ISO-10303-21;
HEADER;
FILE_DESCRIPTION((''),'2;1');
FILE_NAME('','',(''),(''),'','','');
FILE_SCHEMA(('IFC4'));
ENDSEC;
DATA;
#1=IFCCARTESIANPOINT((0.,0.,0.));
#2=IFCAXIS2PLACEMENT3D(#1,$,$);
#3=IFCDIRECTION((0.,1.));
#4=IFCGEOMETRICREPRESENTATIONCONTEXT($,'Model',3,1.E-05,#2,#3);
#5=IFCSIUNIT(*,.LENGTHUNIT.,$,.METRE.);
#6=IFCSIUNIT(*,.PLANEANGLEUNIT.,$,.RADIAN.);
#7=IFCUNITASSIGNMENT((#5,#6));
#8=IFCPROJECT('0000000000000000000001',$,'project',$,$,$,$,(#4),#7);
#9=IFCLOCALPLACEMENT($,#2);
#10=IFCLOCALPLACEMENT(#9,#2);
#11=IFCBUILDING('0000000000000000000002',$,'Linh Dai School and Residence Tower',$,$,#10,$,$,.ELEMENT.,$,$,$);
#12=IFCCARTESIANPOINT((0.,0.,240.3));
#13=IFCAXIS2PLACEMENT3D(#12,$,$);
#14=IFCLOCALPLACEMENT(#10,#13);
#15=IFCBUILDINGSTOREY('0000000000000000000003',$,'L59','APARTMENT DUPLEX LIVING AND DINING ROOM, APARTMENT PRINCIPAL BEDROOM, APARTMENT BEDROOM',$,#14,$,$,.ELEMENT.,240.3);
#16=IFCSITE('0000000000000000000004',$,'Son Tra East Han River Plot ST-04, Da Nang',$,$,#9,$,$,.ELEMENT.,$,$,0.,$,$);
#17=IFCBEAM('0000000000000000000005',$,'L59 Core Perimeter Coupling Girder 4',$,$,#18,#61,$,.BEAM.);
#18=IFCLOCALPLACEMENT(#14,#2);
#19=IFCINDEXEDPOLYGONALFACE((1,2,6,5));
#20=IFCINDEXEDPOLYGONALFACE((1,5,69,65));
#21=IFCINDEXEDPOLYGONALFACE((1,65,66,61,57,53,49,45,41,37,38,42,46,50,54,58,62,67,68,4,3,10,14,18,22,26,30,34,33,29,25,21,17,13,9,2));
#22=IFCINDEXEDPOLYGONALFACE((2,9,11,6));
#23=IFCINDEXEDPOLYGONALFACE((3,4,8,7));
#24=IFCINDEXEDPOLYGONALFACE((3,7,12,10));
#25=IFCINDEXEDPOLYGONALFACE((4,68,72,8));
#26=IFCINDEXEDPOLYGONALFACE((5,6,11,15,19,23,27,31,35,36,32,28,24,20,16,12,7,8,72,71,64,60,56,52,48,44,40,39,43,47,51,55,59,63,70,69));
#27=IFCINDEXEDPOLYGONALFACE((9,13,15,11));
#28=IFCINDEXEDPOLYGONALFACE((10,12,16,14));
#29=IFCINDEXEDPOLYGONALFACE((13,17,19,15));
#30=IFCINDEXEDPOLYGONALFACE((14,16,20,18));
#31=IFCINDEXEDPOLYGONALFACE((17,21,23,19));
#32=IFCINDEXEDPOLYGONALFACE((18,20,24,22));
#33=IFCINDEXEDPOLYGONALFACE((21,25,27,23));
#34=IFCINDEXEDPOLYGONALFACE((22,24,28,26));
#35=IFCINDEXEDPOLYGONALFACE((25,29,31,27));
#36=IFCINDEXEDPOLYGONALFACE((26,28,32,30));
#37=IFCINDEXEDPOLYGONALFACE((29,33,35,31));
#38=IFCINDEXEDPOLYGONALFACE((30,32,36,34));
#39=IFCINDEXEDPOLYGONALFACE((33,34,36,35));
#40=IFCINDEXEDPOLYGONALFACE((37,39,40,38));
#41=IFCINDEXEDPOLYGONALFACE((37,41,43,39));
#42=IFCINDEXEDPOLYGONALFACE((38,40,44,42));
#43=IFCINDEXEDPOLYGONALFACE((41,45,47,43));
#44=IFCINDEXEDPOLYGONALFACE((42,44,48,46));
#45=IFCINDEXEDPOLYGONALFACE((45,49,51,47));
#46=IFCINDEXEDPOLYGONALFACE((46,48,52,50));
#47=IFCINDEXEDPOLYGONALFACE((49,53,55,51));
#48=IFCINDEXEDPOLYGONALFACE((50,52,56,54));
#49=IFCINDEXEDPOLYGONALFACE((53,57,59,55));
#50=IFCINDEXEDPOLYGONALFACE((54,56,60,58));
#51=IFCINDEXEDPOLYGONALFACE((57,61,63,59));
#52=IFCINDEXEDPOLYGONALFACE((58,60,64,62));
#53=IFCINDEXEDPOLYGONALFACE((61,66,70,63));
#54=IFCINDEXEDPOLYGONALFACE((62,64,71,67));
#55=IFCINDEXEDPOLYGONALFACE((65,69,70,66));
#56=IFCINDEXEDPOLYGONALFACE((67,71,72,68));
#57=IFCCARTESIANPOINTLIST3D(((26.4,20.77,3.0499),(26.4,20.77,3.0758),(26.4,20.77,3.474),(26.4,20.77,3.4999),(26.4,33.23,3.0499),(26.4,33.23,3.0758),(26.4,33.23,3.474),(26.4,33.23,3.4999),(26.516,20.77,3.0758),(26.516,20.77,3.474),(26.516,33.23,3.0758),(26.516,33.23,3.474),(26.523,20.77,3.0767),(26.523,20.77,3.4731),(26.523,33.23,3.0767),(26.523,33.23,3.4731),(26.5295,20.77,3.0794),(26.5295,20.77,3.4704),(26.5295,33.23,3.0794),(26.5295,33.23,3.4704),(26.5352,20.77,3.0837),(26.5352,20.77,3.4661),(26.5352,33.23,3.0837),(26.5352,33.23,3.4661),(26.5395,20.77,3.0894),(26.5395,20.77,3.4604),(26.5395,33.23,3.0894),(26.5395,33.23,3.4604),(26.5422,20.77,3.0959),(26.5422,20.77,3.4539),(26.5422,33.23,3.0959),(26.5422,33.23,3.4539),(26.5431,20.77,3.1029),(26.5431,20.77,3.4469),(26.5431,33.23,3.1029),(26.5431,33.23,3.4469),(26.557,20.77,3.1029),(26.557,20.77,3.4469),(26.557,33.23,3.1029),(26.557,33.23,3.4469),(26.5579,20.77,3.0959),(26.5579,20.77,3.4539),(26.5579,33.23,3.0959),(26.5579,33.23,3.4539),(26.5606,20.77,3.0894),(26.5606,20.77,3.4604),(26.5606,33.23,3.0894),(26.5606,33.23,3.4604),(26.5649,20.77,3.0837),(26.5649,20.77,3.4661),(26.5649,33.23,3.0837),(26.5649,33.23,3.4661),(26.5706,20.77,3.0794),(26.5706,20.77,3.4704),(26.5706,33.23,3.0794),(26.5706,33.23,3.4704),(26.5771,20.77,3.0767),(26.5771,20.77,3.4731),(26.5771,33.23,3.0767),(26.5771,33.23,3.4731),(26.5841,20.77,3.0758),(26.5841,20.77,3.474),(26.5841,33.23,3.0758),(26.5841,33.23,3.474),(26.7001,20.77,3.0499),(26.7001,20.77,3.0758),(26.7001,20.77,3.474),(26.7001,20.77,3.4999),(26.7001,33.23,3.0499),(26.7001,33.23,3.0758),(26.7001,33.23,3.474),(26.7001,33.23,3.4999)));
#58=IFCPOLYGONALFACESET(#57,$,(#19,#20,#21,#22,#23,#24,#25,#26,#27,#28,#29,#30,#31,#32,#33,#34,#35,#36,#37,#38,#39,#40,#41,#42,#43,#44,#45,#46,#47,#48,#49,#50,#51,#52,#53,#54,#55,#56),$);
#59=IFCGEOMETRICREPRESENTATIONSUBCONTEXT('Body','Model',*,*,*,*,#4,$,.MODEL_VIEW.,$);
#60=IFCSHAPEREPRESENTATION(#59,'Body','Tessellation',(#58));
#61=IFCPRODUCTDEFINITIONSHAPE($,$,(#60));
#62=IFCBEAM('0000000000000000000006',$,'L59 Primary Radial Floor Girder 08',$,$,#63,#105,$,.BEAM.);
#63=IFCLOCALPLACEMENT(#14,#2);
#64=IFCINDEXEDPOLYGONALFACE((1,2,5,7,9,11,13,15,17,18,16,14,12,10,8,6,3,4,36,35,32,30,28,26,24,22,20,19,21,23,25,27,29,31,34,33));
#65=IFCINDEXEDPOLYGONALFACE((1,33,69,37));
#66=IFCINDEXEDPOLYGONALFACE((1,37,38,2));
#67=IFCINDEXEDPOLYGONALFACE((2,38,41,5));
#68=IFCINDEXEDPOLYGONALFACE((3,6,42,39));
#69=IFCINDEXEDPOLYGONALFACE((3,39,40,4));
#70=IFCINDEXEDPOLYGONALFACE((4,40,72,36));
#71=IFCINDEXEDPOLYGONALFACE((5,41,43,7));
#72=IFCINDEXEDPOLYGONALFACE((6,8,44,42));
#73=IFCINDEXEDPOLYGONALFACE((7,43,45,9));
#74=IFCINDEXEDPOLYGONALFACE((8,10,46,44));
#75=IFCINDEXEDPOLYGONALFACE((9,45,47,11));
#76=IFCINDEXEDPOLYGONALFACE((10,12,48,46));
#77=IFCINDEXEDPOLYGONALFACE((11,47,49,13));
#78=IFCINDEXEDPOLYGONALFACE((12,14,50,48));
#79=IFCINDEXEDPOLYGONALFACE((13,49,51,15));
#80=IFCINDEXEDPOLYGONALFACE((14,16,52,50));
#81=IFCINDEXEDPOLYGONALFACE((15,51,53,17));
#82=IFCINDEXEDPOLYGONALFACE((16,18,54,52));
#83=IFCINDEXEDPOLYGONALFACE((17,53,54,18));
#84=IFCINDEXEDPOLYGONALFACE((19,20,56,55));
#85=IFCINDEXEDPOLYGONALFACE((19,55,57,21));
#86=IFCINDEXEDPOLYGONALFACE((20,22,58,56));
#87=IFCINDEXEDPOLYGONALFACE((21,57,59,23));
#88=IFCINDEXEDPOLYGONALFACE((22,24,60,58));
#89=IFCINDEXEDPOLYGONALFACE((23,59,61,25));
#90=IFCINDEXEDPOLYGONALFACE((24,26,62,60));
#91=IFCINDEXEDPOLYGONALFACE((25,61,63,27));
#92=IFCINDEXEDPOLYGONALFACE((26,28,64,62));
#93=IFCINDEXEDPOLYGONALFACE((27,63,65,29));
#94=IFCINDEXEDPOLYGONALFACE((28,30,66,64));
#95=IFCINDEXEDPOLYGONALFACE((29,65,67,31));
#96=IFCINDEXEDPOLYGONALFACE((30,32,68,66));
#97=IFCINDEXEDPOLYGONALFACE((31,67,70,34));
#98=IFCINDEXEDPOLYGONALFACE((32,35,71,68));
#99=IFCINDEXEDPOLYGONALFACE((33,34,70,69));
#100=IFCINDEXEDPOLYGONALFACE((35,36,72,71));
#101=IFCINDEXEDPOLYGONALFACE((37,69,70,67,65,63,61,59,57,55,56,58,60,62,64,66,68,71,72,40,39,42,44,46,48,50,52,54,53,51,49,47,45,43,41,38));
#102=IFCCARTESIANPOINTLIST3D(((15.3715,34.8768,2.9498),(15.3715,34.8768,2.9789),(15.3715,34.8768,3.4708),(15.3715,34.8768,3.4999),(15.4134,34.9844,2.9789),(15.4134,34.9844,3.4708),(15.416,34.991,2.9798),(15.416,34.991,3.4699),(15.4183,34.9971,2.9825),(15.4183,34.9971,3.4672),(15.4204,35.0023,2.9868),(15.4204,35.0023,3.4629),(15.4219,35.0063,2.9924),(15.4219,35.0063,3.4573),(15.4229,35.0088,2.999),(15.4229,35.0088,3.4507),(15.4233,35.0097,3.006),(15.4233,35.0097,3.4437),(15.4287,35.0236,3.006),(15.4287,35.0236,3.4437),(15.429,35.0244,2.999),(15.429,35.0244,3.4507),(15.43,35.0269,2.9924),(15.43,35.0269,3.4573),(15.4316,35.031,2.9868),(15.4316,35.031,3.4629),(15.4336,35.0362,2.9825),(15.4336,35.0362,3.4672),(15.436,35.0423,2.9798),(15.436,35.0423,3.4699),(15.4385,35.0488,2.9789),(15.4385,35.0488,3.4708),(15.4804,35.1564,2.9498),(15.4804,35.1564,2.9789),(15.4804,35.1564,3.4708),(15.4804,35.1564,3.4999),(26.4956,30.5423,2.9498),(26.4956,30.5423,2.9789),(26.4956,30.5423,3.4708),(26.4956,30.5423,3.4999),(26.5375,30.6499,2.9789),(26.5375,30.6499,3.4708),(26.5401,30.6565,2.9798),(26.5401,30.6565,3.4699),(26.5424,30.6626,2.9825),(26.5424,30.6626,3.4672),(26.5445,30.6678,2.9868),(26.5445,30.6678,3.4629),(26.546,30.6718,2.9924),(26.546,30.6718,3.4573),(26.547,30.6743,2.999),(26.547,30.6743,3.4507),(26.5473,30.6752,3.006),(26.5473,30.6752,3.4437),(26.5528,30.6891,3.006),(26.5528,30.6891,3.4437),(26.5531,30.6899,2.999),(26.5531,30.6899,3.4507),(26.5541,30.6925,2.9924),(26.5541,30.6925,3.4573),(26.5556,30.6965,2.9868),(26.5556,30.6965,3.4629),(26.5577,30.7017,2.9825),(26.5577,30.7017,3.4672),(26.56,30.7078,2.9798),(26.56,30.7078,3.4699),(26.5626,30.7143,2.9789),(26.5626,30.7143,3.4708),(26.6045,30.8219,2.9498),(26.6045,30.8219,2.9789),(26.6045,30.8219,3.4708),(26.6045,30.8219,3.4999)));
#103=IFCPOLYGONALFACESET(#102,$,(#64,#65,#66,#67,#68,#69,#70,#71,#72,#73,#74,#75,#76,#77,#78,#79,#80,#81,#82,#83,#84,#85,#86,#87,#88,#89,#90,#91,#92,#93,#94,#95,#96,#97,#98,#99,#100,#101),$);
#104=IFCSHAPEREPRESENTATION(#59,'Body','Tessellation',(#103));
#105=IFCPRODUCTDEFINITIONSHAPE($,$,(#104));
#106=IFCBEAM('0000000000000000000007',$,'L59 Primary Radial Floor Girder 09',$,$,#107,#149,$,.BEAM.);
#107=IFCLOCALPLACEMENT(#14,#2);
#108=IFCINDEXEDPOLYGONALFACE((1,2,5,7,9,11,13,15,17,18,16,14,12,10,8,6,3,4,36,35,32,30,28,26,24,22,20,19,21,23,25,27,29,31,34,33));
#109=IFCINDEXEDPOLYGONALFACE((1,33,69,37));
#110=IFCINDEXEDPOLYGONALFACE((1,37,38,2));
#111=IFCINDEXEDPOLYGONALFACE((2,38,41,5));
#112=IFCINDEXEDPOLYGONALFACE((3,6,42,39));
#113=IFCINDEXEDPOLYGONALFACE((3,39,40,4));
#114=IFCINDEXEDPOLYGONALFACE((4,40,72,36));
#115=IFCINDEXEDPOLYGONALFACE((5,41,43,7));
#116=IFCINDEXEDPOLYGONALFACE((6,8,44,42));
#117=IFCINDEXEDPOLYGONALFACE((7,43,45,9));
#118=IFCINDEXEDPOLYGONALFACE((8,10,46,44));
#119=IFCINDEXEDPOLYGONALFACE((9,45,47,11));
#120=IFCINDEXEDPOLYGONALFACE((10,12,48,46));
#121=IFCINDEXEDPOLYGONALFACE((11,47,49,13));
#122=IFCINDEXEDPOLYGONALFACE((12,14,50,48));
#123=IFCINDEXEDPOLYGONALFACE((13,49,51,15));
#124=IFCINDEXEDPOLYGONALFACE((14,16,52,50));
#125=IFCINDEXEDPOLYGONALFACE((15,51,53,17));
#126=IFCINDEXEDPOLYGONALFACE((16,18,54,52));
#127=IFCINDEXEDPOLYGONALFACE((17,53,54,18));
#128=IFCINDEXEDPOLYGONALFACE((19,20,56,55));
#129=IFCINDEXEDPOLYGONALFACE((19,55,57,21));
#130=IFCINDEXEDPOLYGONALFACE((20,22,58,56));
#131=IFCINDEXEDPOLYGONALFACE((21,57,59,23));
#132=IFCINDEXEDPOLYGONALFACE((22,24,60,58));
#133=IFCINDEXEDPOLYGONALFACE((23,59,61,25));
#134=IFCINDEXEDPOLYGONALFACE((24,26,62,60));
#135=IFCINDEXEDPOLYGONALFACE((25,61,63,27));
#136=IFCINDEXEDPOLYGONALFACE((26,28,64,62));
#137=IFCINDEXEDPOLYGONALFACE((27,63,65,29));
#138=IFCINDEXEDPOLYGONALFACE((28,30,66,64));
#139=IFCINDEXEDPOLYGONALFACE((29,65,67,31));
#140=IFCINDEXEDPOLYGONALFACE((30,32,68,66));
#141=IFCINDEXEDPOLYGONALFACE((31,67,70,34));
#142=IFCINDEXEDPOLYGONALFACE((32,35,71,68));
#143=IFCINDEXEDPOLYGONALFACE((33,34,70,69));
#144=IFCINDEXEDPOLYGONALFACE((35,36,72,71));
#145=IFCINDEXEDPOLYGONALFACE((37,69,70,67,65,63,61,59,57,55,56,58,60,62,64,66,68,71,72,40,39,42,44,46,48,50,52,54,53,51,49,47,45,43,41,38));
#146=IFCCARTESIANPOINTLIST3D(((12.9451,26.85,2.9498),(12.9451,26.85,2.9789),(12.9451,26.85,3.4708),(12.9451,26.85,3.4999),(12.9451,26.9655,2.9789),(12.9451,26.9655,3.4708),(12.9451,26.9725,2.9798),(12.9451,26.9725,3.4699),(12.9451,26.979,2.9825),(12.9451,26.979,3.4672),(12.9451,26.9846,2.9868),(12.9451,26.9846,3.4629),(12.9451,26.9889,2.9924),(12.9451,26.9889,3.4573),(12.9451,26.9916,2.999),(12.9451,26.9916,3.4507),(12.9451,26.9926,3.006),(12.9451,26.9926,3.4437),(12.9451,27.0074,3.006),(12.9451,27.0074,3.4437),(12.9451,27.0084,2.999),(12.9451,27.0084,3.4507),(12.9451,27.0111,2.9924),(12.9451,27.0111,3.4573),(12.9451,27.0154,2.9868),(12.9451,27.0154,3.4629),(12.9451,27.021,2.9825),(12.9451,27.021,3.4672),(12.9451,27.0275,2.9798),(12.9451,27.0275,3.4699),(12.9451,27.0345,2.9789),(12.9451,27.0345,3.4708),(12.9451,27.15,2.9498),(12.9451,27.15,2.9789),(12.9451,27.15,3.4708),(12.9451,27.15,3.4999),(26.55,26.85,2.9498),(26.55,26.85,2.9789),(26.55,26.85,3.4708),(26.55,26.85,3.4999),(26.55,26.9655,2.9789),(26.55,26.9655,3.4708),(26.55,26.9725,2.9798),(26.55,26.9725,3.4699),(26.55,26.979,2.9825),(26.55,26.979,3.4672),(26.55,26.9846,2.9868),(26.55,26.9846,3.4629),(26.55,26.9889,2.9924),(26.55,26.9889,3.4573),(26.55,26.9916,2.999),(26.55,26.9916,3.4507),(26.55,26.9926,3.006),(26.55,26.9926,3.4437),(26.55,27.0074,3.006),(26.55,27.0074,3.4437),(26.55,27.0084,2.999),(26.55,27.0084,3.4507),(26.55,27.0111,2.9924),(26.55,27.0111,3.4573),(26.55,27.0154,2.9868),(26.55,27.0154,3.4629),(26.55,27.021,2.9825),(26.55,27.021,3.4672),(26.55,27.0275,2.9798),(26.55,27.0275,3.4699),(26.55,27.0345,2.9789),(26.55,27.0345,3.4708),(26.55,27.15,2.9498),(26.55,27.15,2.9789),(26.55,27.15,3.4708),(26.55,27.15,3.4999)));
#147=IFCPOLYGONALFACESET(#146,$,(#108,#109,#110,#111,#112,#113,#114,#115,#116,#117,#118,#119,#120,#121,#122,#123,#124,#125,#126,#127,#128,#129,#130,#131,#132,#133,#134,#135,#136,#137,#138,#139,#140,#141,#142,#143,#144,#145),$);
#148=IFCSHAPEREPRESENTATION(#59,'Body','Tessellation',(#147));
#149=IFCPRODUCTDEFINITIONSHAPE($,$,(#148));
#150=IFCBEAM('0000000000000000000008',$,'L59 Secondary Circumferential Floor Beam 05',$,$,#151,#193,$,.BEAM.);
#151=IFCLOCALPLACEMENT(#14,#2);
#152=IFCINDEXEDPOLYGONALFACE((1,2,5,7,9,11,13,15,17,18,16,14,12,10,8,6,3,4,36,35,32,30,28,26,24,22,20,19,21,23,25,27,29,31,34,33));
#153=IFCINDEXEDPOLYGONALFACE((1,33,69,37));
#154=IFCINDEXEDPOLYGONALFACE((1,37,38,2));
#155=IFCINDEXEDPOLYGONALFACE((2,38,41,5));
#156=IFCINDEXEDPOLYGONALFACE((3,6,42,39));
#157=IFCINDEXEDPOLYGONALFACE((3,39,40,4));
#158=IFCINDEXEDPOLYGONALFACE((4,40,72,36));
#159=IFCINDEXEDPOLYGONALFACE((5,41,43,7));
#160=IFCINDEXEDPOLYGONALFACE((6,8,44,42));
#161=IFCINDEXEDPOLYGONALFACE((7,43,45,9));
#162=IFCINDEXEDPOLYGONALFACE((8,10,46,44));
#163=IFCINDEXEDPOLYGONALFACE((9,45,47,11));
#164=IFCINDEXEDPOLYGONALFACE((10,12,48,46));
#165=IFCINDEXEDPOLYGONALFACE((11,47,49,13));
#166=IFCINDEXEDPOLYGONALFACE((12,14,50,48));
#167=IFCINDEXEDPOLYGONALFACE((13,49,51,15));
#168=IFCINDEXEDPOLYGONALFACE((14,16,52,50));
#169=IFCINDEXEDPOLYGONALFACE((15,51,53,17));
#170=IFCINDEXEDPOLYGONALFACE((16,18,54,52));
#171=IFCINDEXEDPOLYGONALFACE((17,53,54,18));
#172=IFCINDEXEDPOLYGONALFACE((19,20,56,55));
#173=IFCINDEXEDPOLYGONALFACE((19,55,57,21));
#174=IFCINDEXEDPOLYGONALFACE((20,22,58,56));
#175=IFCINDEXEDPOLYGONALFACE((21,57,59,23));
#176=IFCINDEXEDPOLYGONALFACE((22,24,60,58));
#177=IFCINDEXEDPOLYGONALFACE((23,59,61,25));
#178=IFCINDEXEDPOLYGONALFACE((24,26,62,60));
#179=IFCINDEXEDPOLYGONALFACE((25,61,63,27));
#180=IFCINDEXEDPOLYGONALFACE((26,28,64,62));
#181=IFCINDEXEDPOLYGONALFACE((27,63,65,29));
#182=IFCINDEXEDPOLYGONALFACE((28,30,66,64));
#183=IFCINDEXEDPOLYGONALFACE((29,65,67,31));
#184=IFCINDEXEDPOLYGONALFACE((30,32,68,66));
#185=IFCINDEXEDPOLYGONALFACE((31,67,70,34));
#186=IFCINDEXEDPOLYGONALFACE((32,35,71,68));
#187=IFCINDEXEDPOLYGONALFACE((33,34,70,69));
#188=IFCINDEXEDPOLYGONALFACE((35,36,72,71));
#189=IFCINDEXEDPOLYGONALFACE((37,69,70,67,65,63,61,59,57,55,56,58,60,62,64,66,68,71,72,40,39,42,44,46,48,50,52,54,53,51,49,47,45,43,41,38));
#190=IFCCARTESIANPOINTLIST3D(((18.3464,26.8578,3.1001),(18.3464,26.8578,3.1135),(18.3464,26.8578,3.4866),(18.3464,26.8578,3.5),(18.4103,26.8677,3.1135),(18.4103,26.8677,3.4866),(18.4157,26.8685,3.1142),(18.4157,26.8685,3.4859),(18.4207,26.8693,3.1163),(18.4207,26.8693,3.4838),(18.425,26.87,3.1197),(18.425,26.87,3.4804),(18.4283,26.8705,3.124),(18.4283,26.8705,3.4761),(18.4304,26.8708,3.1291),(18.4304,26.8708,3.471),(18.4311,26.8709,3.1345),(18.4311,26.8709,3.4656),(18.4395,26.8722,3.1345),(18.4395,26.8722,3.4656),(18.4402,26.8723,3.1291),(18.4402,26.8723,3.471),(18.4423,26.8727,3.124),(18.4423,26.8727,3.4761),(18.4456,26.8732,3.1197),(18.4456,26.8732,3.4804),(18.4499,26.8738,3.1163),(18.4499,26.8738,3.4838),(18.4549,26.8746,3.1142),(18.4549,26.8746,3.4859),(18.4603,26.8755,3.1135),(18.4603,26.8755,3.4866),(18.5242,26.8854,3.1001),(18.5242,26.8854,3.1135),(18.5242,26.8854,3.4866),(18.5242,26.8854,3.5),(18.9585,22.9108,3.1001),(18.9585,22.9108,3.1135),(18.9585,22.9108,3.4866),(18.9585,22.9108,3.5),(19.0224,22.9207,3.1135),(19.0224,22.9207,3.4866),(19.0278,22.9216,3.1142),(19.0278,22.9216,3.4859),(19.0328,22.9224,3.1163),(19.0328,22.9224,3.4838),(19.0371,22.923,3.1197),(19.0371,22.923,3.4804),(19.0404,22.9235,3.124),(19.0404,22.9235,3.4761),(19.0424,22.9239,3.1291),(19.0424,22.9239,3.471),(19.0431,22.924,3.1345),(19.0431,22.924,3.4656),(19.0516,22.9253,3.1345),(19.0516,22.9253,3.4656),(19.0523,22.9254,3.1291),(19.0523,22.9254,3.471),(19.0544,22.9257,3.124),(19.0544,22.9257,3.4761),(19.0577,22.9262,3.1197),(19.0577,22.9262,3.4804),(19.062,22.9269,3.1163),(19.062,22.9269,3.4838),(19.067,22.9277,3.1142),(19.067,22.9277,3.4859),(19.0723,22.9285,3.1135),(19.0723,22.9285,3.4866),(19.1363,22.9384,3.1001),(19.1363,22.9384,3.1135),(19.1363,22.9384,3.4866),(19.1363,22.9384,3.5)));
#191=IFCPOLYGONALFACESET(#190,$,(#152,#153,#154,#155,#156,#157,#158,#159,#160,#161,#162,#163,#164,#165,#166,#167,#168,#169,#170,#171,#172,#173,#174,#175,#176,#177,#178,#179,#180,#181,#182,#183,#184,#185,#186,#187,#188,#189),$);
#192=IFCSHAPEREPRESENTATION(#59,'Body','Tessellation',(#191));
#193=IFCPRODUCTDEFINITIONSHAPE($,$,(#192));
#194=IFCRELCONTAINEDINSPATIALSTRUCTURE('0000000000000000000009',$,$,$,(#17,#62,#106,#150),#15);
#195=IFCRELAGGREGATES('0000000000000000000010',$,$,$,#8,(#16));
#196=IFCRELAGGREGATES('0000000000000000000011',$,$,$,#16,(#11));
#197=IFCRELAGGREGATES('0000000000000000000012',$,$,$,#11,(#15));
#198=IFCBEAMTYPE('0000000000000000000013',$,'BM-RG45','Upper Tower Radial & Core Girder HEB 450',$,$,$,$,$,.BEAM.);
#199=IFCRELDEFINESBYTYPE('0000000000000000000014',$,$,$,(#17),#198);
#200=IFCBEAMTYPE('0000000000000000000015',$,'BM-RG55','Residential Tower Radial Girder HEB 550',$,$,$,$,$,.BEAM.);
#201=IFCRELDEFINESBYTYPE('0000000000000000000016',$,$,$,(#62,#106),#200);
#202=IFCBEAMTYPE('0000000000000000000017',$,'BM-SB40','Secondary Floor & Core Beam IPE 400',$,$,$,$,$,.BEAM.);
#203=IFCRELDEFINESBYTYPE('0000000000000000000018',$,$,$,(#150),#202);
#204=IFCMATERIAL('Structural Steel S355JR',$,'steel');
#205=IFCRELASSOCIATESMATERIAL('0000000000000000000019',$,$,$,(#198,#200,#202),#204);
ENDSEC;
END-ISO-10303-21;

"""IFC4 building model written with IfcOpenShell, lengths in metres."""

from ifc_helpers import new_model, si_unit, direction, frame, origin, origin_2d, place, context, subcontext, project, spatial, i_section, extrude, material, material_profile, profile_set, type_object, element, save


model = new_model("IFC4")

# Units and contexts
model_context = context("Model", 3, precision=1e-05, world=origin(), true_north=direction((0.0, 1.0)))
body_context = subcontext(model_context, "Body", "Model", "MODEL_VIEW")
ifc_project = project(units=[si_unit("LENGTHUNIT", "METRE"), si_unit("PLANEANGLEUNIT", "RADIAN")], contexts=[model_context])

# Site, building, storey
site_placement = place(None, origin())
site = spatial("IfcSite", under=ifc_project, at=site_placement, Name="Son Tra East Han River Plot ST-04, Da Nang", CompositionType="ELEMENT", RefElevation=0.0)
building_placement = place(site_placement, origin())
building = spatial("IfcBuilding", under=site, at=building_placement, Name="Linh Dai School and Residence Tower", CompositionType="ELEMENT")
storey_placement = place(building_placement, frame((0.0, 0.0, 240.3)))
storey = spatial("IfcBuildingStorey", under=building, at=storey_placement, Name="L59", Description="APARTMENT DUPLEX LIVING AND DINING ROOM, APARTMENT PRINCIPAL BEDROOM, APARTMENT BEDROOM", CompositionType="ELEMENT", Elevation=240.3)

# Shared definitions
ifc_material_1 = material(Name="Structural Steel S355JR", Category="steel")

# Beams
ifc_material_profile_1 = material_profile(ifc_material_1, i_section(OverallWidth=0.3, OverallDepth=0.45, WebThickness=0.0139, FlangeThickness=0.0259, FilletRadius=0.0271, at=origin_2d()), Name="HEB 450")
ifc_profile_set_1 = profile_set([ifc_material_profile_1], Name="Structural Steel S355JR")
beam_type_1 = type_object("IfcBeamType", Name="BM-RG45", Description="Upper Tower Radial & Core Girder HEB 450", PredefinedType="BEAM", material=ifc_profile_set_1)
beam_1_placement = place(storey_placement, frame((26.55, 33.23, 3.2749), z_axis=(0.0, -1.0, 0.0), x_axis=(1.0, 0.0, 0.0)))
element("IfcBeam", 1, at=beam_1_placement, inside=storey, type_object=beam_type_1, Name="L59 Core Perimeter Coupling Girder 4", PredefinedType="BEAM", context=body_context, shape_type="SweptSolid", body=[
    extrude(i_section(OverallWidth=0.3, OverallDepth=0.45, WebThickness=0.0139, FlangeThickness=0.0259, FilletRadius=0.0271, at=origin_2d()), origin(), (0.0, 0.0, 1.0), 12.46),
])
ifc_material_profile_2 = material_profile(ifc_material_1, i_section(OverallWidth=0.3, OverallDepth=0.55, WebThickness=0.0149, FlangeThickness=0.0291, FilletRadius=0.0271, at=origin_2d()), Name="HEB 550")
ifc_profile_set_2 = profile_set([ifc_material_profile_2], Name="Structural Steel S355JR")
beam_type_2 = type_object("IfcBeamType", Name="BM-RG55", Description="Residential Tower Radial Girder HEB 550", PredefinedType="BEAM", material=ifc_profile_set_2)
beam_2_placement = place(storey_placement, frame((26.55, 30.6821, 3.2249), z_axis=(-0.931765, 0.363062, 0.0), x_axis=(-0.363062, -0.931765, 0.0)))
element("IfcBeam", 2, at=beam_2_placement, inside=storey, type_object=beam_type_2, Name="L59 Primary Radial Floor Girder 08", PredefinedType="BEAM", context=body_context, shape_type="SweptSolid", body=[
    extrude(i_section(OverallWidth=0.3, OverallDepth=0.55, WebThickness=0.0149, FlangeThickness=0.0291, FilletRadius=0.0271, at=origin_2d()), origin(), (0.0, 0.0, 1.0), 11.9387),
])
beam_3_placement = place(storey_placement, frame((26.55, 27.0, 3.2249), z_axis=(-1.0, 0.0, 0.0), x_axis=(0.0, -1.0, 0.0)))
element("IfcBeam", 3, at=beam_3_placement, inside=storey, type_object=beam_type_2, Name="L59 Primary Radial Floor Girder 09", PredefinedType="BEAM", context=body_context, shape_type="SweptSolid", body=[
    extrude(i_section(OverallWidth=0.3, OverallDepth=0.55, WebThickness=0.0149, FlangeThickness=0.0291, FilletRadius=0.0271, at=origin_2d()), origin(), (0.0, 0.0, 1.0), 13.605),
])
ifc_material_profile_3 = material_profile(ifc_material_1, i_section(OverallWidth=0.1799, OverallDepth=0.3999, WebThickness=0.0085, FlangeThickness=0.0134, FilletRadius=0.021, at=origin_2d()), Name="IPE 400")
ifc_profile_set_3 = profile_set([ifc_material_profile_3], Name="Structural Steel S355JR")
beam_type_3 = type_object("IfcBeamType", Name="BM-SB40", Description="Secondary Floor & Core Beam IPE 400", PredefinedType="BEAM", material=ifc_profile_set_3)
beam_4_placement = place(storey_placement, frame((18.4353, 26.8716, 3.3), z_axis=(0.153238, -0.988189, 0.0), x_axis=(0.988189, 0.153238, 0.0)))
element("IfcBeam", 4, at=beam_4_placement, inside=storey, type_object=beam_type_3, Name="L59 Secondary Circumferential Floor Beam 05", PredefinedType="BEAM", context=body_context, shape_type="SweptSolid", body=[
    extrude(i_section(OverallWidth=0.1799, OverallDepth=0.3999, WebThickness=0.0085, FlangeThickness=0.0134, FilletRadius=0.021, at=origin_2d()), origin(), (0.0, 0.0, 1.0), 3.9941),
])

save(model, "model.ifc")
